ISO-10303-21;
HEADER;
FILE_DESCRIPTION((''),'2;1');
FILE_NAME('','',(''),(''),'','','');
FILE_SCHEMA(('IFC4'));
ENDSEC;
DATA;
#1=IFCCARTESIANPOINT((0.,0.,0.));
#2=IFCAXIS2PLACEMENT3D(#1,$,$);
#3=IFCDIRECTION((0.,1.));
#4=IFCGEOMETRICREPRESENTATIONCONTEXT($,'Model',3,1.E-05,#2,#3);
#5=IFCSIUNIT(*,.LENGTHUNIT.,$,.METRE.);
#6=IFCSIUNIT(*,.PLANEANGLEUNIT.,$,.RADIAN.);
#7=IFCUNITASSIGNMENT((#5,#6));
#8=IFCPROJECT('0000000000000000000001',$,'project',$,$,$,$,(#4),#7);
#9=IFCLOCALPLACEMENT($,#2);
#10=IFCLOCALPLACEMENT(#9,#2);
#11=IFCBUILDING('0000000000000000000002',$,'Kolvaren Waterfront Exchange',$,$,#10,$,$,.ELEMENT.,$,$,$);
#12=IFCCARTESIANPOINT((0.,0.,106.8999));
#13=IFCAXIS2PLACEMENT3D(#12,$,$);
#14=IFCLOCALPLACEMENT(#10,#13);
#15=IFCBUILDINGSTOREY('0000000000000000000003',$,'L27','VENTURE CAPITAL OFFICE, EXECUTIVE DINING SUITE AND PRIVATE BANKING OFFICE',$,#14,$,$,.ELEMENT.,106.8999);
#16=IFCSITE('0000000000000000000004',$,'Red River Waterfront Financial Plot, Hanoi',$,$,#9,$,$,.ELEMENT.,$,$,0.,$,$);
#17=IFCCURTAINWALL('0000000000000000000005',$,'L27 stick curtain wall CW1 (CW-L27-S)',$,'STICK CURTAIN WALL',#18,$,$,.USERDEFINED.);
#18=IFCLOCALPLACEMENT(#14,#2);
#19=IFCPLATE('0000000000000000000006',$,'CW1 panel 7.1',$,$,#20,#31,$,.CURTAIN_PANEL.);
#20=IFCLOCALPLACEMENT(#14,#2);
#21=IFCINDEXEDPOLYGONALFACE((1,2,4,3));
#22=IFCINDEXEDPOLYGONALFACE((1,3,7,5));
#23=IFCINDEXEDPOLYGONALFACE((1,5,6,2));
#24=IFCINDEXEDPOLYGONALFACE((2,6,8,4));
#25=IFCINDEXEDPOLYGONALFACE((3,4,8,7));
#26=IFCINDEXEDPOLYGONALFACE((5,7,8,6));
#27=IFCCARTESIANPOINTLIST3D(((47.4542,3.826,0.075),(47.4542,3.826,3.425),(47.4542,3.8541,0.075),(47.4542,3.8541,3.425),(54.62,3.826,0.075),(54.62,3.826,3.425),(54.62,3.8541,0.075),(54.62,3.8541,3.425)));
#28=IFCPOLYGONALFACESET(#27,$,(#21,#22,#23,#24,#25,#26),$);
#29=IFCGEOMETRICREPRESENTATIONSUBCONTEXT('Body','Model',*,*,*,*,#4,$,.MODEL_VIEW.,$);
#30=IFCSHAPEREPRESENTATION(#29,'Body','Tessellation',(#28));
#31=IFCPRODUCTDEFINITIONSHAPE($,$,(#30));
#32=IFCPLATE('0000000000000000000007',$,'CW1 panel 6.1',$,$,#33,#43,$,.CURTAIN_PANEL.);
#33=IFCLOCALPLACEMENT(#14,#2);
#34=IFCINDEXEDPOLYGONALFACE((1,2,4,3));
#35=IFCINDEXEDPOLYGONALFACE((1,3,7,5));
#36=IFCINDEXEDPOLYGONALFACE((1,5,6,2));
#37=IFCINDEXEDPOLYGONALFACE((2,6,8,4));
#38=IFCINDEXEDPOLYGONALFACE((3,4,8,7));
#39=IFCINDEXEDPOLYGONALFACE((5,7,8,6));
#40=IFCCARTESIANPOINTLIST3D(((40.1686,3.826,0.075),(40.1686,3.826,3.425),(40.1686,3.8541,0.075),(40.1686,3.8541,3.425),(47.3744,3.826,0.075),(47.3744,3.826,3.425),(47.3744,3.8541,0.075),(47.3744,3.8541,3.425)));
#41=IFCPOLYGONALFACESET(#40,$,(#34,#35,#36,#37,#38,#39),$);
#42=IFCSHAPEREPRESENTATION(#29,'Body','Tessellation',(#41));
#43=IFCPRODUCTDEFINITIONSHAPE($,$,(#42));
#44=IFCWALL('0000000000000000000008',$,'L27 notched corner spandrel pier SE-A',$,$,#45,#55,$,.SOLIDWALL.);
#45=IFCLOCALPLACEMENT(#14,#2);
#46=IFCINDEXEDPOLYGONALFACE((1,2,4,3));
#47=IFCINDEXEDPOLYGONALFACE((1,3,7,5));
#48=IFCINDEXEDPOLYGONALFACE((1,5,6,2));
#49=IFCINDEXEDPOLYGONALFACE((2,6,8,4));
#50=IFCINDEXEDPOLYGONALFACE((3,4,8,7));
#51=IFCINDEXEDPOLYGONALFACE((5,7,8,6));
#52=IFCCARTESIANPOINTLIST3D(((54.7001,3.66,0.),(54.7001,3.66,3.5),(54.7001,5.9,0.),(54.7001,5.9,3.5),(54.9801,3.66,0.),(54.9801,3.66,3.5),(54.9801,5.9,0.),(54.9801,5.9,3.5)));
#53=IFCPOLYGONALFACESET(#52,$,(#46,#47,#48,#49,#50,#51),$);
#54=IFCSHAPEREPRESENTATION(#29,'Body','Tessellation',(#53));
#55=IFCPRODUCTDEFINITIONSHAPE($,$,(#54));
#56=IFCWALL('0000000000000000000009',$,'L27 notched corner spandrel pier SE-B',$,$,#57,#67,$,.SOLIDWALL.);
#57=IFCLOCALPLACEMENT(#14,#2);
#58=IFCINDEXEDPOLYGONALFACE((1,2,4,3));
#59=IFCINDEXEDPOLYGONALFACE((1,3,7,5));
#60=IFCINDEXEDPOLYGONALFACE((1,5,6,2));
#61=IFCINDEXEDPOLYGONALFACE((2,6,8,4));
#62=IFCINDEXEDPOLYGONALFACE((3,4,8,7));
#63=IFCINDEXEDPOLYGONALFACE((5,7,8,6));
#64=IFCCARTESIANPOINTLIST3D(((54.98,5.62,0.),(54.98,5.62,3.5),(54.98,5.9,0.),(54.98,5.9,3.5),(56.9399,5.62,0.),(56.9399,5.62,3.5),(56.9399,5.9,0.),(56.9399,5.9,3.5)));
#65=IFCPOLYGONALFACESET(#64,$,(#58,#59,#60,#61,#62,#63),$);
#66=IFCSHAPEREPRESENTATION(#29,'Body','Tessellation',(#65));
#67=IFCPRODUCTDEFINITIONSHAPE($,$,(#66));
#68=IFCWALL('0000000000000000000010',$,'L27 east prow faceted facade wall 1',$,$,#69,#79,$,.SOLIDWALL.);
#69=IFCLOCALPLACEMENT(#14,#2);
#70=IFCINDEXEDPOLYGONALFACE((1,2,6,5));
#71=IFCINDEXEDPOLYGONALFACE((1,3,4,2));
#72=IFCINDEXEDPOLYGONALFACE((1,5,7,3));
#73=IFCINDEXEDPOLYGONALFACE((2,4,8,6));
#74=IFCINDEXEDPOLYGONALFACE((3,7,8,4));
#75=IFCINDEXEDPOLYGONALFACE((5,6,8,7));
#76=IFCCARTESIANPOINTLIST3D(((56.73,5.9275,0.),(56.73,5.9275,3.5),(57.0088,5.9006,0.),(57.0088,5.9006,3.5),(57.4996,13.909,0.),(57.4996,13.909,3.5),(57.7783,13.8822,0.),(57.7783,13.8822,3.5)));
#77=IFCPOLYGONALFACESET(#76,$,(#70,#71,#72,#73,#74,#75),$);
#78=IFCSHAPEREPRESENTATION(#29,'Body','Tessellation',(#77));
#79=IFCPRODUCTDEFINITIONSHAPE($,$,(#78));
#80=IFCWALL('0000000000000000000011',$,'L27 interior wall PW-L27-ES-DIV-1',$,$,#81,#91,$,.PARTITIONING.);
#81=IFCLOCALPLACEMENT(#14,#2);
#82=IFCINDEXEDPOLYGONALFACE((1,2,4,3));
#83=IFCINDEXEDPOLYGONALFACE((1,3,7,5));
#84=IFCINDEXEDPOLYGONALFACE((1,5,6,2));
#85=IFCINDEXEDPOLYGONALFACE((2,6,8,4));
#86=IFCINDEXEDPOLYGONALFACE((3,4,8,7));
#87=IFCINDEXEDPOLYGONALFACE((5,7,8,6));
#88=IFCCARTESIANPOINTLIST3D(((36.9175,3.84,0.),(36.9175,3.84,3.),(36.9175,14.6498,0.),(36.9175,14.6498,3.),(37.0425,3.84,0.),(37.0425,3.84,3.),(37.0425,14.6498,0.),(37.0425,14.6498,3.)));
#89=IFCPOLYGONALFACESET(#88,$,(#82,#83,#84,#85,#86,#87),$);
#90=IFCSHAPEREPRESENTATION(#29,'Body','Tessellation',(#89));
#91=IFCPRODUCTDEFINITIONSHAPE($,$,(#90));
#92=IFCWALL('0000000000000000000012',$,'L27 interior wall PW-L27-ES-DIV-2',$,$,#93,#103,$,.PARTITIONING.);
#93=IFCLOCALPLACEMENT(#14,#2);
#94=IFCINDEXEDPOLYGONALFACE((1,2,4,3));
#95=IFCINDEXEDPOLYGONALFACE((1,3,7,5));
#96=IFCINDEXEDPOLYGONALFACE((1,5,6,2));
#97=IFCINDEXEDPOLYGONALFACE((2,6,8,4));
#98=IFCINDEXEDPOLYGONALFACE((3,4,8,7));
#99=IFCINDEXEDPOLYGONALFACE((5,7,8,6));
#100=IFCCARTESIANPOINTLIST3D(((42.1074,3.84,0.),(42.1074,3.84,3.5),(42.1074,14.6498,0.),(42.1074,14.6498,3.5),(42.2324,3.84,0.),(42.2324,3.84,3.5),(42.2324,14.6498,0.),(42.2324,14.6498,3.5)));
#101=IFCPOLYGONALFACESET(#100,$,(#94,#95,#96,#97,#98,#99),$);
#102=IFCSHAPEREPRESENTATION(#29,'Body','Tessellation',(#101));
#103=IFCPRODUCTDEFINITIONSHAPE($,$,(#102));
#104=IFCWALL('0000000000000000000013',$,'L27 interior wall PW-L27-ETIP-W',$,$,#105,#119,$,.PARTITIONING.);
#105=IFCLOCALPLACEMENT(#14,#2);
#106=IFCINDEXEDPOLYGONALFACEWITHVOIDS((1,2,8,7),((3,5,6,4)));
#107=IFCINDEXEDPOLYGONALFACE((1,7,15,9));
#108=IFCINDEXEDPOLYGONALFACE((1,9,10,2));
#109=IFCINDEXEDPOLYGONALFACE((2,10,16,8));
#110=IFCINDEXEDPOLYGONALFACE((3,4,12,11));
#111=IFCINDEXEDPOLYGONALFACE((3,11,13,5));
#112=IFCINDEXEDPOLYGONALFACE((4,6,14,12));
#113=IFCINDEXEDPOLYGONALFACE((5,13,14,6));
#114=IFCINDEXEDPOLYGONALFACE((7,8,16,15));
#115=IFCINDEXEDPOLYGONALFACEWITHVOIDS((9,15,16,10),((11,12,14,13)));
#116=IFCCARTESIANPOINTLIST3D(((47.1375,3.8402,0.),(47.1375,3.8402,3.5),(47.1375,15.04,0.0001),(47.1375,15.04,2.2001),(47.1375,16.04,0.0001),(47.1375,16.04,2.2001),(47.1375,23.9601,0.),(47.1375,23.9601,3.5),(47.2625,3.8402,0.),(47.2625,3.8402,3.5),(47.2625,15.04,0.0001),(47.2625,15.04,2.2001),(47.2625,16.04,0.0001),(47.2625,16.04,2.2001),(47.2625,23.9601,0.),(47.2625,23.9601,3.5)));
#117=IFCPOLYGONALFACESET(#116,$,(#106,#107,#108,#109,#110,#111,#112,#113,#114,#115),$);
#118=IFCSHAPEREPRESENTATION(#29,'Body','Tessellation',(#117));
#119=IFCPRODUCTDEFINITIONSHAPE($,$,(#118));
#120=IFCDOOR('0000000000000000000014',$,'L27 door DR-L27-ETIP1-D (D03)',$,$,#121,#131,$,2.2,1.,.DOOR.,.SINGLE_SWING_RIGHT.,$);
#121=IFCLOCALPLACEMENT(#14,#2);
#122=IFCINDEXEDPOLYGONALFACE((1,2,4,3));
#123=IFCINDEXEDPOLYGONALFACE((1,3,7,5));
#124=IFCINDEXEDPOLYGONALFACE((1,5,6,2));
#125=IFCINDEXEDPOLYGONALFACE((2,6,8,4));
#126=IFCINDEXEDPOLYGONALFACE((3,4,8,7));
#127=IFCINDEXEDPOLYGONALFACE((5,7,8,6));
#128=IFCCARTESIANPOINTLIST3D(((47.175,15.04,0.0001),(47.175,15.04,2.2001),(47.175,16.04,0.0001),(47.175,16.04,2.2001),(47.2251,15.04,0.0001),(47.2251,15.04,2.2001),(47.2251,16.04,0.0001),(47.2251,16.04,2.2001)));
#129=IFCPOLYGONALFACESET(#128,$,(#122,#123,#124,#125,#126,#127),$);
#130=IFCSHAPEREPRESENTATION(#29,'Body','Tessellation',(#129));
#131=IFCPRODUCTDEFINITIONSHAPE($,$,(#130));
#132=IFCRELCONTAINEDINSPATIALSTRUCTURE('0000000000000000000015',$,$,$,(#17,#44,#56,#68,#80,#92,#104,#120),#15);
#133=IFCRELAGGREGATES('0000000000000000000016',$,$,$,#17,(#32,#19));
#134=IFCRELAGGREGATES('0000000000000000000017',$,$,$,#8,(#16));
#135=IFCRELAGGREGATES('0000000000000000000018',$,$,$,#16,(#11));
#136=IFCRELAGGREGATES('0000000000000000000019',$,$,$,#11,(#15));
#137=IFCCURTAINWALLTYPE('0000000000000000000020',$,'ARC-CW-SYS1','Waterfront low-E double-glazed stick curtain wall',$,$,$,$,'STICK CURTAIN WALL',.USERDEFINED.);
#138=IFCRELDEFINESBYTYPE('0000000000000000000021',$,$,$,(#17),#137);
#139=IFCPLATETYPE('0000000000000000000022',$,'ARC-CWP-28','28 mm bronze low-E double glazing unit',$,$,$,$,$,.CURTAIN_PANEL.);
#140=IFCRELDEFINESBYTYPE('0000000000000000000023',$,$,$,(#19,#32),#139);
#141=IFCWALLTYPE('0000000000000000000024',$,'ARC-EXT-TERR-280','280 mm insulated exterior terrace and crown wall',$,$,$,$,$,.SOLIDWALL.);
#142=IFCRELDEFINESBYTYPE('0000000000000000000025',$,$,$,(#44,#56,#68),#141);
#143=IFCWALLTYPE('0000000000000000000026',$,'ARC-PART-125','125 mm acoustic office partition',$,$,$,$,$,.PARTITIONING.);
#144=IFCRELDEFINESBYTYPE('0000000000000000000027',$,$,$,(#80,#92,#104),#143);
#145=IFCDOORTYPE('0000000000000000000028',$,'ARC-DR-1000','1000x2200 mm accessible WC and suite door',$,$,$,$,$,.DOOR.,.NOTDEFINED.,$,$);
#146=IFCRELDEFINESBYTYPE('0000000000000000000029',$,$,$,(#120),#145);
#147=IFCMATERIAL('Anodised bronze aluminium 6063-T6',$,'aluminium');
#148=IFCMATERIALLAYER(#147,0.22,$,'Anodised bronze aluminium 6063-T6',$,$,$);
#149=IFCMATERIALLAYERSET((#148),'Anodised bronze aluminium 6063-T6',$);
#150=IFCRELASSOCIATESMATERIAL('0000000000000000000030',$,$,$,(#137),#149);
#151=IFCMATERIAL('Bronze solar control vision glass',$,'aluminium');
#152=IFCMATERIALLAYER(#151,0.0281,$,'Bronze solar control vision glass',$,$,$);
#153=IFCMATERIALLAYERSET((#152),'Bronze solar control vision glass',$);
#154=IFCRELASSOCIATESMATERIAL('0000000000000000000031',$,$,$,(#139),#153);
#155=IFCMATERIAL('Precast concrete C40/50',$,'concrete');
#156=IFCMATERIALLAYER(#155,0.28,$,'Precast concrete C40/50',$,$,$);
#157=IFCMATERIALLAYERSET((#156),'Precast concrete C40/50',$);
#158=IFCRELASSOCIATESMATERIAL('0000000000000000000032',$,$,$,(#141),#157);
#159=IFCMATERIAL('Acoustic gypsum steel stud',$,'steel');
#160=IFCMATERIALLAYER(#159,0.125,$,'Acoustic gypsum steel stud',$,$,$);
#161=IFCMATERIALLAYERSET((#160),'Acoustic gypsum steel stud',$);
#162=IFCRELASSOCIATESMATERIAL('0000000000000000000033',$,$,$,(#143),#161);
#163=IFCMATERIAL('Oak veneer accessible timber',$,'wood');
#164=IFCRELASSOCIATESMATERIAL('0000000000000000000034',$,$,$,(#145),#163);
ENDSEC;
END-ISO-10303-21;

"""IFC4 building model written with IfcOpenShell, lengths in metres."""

from ifc_helpers import new_model, si_unit, direction, frame, frame_2d, origin, origin_with_axes, origin_2d, place, context, subcontext, project, spatial, rectangle, extrude, source, transform, mapped, material, layer, layer_set, type_object, element, fill, aggregate, save


model = new_model("IFC4")

# Units and contexts
model_context = context("Model", 3, precision=1e-05, world=origin(), true_north=direction((0.0, 1.0)))
body_context = subcontext(model_context, "Body", "Model", "MODEL_VIEW")
ifc_project = project(units=[si_unit("LENGTHUNIT", "METRE"), si_unit("PLANEANGLEUNIT", "RADIAN")], contexts=[model_context])

# Site, building, storey
site_placement = place(None, origin())
site = spatial("IfcSite", under=ifc_project, at=site_placement, Name="Red River Waterfront Financial Plot, Hanoi", CompositionType="ELEMENT", RefElevation=0.0)
building_placement = place(site_placement, origin())
building = spatial("IfcBuilding", under=site, at=building_placement, Name="Kolvaren Waterfront Exchange", CompositionType="ELEMENT")
storey_placement = place(building_placement, frame((0.0, 0.0, 106.8999)))
storey = spatial("IfcBuildingStorey", under=building, at=storey_placement, Name="L27", Description="VENTURE CAPITAL OFFICE, EXECUTIVE DINING SUITE AND PRIVATE BANKING OFFICE", CompositionType="ELEMENT", Elevation=106.8999)

# Curtain wall, plates
ifc_material_1 = material(Name="Anodised bronze aluminium 6063-T6", Category="aluminium")
ifc_layer_1 = layer(ifc_material_1, 0.22, Name="Anodised bronze aluminium 6063-T6")
ifc_layer_set_1 = layer_set([ifc_layer_1], Name="Anodised bronze aluminium 6063-T6")
curtain_wall_type = type_object("IfcCurtainWallType", Name="ARC-CW-SYS1", Description="Waterfront low-E double-glazed stick curtain wall", ElementType="STICK CURTAIN WALL", PredefinedType="USERDEFINED", material=ifc_layer_set_1)
curtain_wall_placement = place(storey_placement, origin())
curtain_wall = element("IfcCurtainWall", 1, at=curtain_wall_placement, inside=storey, type_object=curtain_wall_type, Name="L27 stick curtain wall CW1 (CW-L27-S)", ObjectType="STICK CURTAIN WALL", PredefinedType="USERDEFINED")
ifc_material_2 = material(Name="Bronze solar control vision glass", Category="aluminium")
ifc_layer_2 = layer(ifc_material_2, 0.0281, Name="Bronze solar control vision glass")
ifc_layer_set_2 = layer_set([ifc_layer_2], Name="Bronze solar control vision glass")
plate_type = type_object("IfcPlateType", Name="ARC-CWP-28", Description="28 mm bronze low-E double glazing unit", PredefinedType="CURTAIN_PANEL", material=ifc_layer_set_2)
shared_shape_1 = source(origin_with_axes(), body_context, "Body", "SweptSolid", [
    extrude(rectangle(XDim=7.1658, YDim=0.0281, at=origin_2d()), origin(), (0.0, 0.0, 1.0), 3.3501),
])
plate_1_placement = place(storey_placement, frame((51.0371, 3.8401, 0.075), z_axis=(0.0, 0.0, 1.0), x_axis=(1.0, 0.0, 0.0)))
plate_1 = element("IfcPlate", 2, at=plate_1_placement, type_object=plate_type, Name="CW1 panel 7.1", PredefinedType="CURTAIN_PANEL", context=body_context, shape_type="MappedRepresentation", body=[
    mapped(shared_shape_1, transform((0.0, 0.0, 0.0), x_axis=(1.0, 0.0, 0.0), y_axis=(0.0, 1.0, 0.0), z_axis=(0.0, 0.0, 1.0), scale=1.0)),
])
shared_shape_2 = source(origin_with_axes(), body_context, "Body", "SweptSolid", [
    extrude(rectangle(XDim=7.2058, YDim=0.0281, at=origin_2d()), origin(), (0.0, 0.0, 1.0), 3.3501),
])
plate_2_placement = place(storey_placement, frame((43.7715, 3.8401, 0.075), z_axis=(0.0, 0.0, 1.0), x_axis=(1.0, 0.0, 0.0)))
plate_2 = element("IfcPlate", 3, at=plate_2_placement, type_object=plate_type, Name="CW1 panel 6.1", PredefinedType="CURTAIN_PANEL", context=body_context, shape_type="MappedRepresentation", body=[
    mapped(shared_shape_2, transform((0.0, 0.0, 0.0), x_axis=(1.0, 0.0, 0.0), y_axis=(0.0, 1.0, 0.0), z_axis=(0.0, 0.0, 1.0), scale=1.0)),
])
aggregate(curtain_wall, [plate_2, plate_1])

# Walls
ifc_material_3 = material(Name="Precast concrete C40/50", Category="concrete")
ifc_layer_3 = layer(ifc_material_3, 0.28, Name="Precast concrete C40/50")
ifc_layer_set_3 = layer_set([ifc_layer_3], Name="Precast concrete C40/50")
wall_type_1 = type_object("IfcWallType", Name="ARC-EXT-TERR-280", Description="280 mm insulated exterior terrace and crown wall", PredefinedType="SOLIDWALL", material=ifc_layer_set_3)
wall_1_placement = place(storey_placement, frame((54.8401, 3.6599, 0.0), z_axis=(0.0, 0.0, 1.0), x_axis=(0.0, 1.0, 0.0)))
element("IfcWall", 4, at=wall_1_placement, inside=storey, type_object=wall_type_1, Name="L27 notched corner spandrel pier SE-A", PredefinedType="SOLIDWALL", context=body_context, shape_type="SweptSolid", body=[
    extrude(rectangle(XDim=2.24, YDim=0.28, at=frame_2d((1.1201, 0.0))), origin(), (0.0, 0.0, 1.0), 3.5),
])
wall_2_placement = place(storey_placement, frame((54.98, 5.76, 0.0), z_axis=(0.0, 0.0, 1.0), x_axis=(1.0, 0.0, 0.0)))
element("IfcWall", 5, at=wall_2_placement, inside=storey, type_object=wall_type_1, Name="L27 notched corner spandrel pier SE-B", PredefinedType="SOLIDWALL", context=body_context, shape_type="SweptSolid", body=[
    extrude(rectangle(XDim=1.96, YDim=0.28, at=frame_2d((0.98, 0.0))), origin(), (0.0, 0.0, 1.0), 3.5),
])
wall_3_placement = place(storey_placement, frame((56.8694, 5.9141, 0.0), z_axis=(0.0, 0.0, 1.0), x_axis=(0.09597, 0.995384, 0.0)))
element("IfcWall", 6, at=wall_3_placement, inside=storey, type_object=wall_type_1, Name="L27 east prow faceted facade wall 1", PredefinedType="SOLIDWALL", context=body_context, shape_type="SweptSolid", body=[
    extrude(rectangle(XDim=8.0186, YDim=0.28, at=frame_2d((4.0093, 0.0))), origin(), (0.0, 0.0, 1.0), 3.5),
])
ifc_material_4 = material(Name="Acoustic gypsum steel stud", Category="steel")
ifc_layer_4 = layer(ifc_material_4, 0.125, Name="Acoustic gypsum steel stud")
ifc_layer_set_4 = layer_set([ifc_layer_4], Name="Acoustic gypsum steel stud")
wall_type_2 = type_object("IfcWallType", Name="ARC-PART-125", Description="125 mm acoustic office partition", PredefinedType="PARTITIONING", material=ifc_layer_set_4)
wall_4_placement = place(storey_placement, frame((36.98, 3.8401, 0.0), z_axis=(0.0, 0.0, 1.0), x_axis=(0.0, 1.0, 0.0)))
element("IfcWall", 7, at=wall_4_placement, inside=storey, type_object=wall_type_2, Name="L27 interior wall PW-L27-ES-DIV-1", PredefinedType="PARTITIONING", context=body_context, shape_type="SweptSolid", body=[
    extrude(rectangle(XDim=10.8098, YDim=0.125, at=frame_2d((5.4048, 0.0))), origin(), (0.0, 0.0, 1.0), 3.0),
])
wall_5_placement = place(storey_placement, frame((42.1699, 3.8401, 0.0), z_axis=(0.0, 0.0, 1.0), x_axis=(0.0, 1.0, 0.0)))
element("IfcWall", 8, at=wall_5_placement, inside=storey, type_object=wall_type_2, Name="L27 interior wall PW-L27-ES-DIV-2", PredefinedType="PARTITIONING", context=body_context, shape_type="SweptSolid", body=[
    extrude(rectangle(XDim=10.8098, YDim=0.125, at=frame_2d((5.4048, 0.0))), origin(), (0.0, 0.0, 1.0), 3.5),
])

# Wall, opening, door
wall_6_placement = place(storey_placement, frame((47.2, 3.8401, 0.0), z_axis=(0.0, 0.0, 1.0), x_axis=(0.0, 1.0, 0.0)))
wall_6 = element("IfcWall", 9, at=wall_6_placement, inside=storey, type_object=wall_type_2, Name="L27 interior wall PW-L27-ETIP-W", PredefinedType="PARTITIONING", context=body_context, shape_type="SweptSolid", body=[
    extrude(rectangle(XDim=20.1199, YDim=0.125, at=frame_2d((10.0601, 0.0))), origin(), (0.0, 0.0, 1.0), 3.5),
])
opening_placement = place(wall_6_placement, frame((11.2, 0.0, 0.0)))
opening = element("IfcOpeningElement", 10, at=opening_placement, cuts=wall_6, PredefinedType="OPENING", context=body_context, shape_type="SweptSolid", body=[
    extrude(rectangle(XDim=1.0, YDim=2.2, at=frame_2d((0.5, 1.1001))), frame((0.0, 0.0725, 0.0), z_axis=(0.0, -1.0, 0.0), x_axis=(1.0, 0.0, 0.0)), (0.0, 0.0, 1.0), 0.145),
])
ifc_material_5 = material(Name="Oak veneer accessible timber", Category="wood")
door_type = type_object("IfcDoorType", Name="ARC-DR-1000", Description="1000x2200 mm accessible WC and suite door", OperationType="NOTDEFINED", PredefinedType="DOOR", material=ifc_material_5)
door_placement = place(opening_placement, origin())
door = element("IfcDoor", 11, at=door_placement, inside=storey, type_object=door_type, Name="L27 door DR-L27-ETIP1-D (D03)", OperationType="SINGLE_SWING_RIGHT", OverallHeight=2.2, OverallWidth=1.0, PredefinedType="DOOR", context=body_context, shape_type="SweptSolid", body=[
    extrude(rectangle(XDim=1.0, YDim=2.2, at=frame_2d((0.5, 1.1001))), frame((0.0, 0.0249, 0.0), z_axis=(0.0, -1.0, 0.0), x_axis=(1.0, 0.0, 0.0)), (0.0, 0.0, 1.0), 0.05),
])
fill(opening, door)

save(model, "model.ifc")
